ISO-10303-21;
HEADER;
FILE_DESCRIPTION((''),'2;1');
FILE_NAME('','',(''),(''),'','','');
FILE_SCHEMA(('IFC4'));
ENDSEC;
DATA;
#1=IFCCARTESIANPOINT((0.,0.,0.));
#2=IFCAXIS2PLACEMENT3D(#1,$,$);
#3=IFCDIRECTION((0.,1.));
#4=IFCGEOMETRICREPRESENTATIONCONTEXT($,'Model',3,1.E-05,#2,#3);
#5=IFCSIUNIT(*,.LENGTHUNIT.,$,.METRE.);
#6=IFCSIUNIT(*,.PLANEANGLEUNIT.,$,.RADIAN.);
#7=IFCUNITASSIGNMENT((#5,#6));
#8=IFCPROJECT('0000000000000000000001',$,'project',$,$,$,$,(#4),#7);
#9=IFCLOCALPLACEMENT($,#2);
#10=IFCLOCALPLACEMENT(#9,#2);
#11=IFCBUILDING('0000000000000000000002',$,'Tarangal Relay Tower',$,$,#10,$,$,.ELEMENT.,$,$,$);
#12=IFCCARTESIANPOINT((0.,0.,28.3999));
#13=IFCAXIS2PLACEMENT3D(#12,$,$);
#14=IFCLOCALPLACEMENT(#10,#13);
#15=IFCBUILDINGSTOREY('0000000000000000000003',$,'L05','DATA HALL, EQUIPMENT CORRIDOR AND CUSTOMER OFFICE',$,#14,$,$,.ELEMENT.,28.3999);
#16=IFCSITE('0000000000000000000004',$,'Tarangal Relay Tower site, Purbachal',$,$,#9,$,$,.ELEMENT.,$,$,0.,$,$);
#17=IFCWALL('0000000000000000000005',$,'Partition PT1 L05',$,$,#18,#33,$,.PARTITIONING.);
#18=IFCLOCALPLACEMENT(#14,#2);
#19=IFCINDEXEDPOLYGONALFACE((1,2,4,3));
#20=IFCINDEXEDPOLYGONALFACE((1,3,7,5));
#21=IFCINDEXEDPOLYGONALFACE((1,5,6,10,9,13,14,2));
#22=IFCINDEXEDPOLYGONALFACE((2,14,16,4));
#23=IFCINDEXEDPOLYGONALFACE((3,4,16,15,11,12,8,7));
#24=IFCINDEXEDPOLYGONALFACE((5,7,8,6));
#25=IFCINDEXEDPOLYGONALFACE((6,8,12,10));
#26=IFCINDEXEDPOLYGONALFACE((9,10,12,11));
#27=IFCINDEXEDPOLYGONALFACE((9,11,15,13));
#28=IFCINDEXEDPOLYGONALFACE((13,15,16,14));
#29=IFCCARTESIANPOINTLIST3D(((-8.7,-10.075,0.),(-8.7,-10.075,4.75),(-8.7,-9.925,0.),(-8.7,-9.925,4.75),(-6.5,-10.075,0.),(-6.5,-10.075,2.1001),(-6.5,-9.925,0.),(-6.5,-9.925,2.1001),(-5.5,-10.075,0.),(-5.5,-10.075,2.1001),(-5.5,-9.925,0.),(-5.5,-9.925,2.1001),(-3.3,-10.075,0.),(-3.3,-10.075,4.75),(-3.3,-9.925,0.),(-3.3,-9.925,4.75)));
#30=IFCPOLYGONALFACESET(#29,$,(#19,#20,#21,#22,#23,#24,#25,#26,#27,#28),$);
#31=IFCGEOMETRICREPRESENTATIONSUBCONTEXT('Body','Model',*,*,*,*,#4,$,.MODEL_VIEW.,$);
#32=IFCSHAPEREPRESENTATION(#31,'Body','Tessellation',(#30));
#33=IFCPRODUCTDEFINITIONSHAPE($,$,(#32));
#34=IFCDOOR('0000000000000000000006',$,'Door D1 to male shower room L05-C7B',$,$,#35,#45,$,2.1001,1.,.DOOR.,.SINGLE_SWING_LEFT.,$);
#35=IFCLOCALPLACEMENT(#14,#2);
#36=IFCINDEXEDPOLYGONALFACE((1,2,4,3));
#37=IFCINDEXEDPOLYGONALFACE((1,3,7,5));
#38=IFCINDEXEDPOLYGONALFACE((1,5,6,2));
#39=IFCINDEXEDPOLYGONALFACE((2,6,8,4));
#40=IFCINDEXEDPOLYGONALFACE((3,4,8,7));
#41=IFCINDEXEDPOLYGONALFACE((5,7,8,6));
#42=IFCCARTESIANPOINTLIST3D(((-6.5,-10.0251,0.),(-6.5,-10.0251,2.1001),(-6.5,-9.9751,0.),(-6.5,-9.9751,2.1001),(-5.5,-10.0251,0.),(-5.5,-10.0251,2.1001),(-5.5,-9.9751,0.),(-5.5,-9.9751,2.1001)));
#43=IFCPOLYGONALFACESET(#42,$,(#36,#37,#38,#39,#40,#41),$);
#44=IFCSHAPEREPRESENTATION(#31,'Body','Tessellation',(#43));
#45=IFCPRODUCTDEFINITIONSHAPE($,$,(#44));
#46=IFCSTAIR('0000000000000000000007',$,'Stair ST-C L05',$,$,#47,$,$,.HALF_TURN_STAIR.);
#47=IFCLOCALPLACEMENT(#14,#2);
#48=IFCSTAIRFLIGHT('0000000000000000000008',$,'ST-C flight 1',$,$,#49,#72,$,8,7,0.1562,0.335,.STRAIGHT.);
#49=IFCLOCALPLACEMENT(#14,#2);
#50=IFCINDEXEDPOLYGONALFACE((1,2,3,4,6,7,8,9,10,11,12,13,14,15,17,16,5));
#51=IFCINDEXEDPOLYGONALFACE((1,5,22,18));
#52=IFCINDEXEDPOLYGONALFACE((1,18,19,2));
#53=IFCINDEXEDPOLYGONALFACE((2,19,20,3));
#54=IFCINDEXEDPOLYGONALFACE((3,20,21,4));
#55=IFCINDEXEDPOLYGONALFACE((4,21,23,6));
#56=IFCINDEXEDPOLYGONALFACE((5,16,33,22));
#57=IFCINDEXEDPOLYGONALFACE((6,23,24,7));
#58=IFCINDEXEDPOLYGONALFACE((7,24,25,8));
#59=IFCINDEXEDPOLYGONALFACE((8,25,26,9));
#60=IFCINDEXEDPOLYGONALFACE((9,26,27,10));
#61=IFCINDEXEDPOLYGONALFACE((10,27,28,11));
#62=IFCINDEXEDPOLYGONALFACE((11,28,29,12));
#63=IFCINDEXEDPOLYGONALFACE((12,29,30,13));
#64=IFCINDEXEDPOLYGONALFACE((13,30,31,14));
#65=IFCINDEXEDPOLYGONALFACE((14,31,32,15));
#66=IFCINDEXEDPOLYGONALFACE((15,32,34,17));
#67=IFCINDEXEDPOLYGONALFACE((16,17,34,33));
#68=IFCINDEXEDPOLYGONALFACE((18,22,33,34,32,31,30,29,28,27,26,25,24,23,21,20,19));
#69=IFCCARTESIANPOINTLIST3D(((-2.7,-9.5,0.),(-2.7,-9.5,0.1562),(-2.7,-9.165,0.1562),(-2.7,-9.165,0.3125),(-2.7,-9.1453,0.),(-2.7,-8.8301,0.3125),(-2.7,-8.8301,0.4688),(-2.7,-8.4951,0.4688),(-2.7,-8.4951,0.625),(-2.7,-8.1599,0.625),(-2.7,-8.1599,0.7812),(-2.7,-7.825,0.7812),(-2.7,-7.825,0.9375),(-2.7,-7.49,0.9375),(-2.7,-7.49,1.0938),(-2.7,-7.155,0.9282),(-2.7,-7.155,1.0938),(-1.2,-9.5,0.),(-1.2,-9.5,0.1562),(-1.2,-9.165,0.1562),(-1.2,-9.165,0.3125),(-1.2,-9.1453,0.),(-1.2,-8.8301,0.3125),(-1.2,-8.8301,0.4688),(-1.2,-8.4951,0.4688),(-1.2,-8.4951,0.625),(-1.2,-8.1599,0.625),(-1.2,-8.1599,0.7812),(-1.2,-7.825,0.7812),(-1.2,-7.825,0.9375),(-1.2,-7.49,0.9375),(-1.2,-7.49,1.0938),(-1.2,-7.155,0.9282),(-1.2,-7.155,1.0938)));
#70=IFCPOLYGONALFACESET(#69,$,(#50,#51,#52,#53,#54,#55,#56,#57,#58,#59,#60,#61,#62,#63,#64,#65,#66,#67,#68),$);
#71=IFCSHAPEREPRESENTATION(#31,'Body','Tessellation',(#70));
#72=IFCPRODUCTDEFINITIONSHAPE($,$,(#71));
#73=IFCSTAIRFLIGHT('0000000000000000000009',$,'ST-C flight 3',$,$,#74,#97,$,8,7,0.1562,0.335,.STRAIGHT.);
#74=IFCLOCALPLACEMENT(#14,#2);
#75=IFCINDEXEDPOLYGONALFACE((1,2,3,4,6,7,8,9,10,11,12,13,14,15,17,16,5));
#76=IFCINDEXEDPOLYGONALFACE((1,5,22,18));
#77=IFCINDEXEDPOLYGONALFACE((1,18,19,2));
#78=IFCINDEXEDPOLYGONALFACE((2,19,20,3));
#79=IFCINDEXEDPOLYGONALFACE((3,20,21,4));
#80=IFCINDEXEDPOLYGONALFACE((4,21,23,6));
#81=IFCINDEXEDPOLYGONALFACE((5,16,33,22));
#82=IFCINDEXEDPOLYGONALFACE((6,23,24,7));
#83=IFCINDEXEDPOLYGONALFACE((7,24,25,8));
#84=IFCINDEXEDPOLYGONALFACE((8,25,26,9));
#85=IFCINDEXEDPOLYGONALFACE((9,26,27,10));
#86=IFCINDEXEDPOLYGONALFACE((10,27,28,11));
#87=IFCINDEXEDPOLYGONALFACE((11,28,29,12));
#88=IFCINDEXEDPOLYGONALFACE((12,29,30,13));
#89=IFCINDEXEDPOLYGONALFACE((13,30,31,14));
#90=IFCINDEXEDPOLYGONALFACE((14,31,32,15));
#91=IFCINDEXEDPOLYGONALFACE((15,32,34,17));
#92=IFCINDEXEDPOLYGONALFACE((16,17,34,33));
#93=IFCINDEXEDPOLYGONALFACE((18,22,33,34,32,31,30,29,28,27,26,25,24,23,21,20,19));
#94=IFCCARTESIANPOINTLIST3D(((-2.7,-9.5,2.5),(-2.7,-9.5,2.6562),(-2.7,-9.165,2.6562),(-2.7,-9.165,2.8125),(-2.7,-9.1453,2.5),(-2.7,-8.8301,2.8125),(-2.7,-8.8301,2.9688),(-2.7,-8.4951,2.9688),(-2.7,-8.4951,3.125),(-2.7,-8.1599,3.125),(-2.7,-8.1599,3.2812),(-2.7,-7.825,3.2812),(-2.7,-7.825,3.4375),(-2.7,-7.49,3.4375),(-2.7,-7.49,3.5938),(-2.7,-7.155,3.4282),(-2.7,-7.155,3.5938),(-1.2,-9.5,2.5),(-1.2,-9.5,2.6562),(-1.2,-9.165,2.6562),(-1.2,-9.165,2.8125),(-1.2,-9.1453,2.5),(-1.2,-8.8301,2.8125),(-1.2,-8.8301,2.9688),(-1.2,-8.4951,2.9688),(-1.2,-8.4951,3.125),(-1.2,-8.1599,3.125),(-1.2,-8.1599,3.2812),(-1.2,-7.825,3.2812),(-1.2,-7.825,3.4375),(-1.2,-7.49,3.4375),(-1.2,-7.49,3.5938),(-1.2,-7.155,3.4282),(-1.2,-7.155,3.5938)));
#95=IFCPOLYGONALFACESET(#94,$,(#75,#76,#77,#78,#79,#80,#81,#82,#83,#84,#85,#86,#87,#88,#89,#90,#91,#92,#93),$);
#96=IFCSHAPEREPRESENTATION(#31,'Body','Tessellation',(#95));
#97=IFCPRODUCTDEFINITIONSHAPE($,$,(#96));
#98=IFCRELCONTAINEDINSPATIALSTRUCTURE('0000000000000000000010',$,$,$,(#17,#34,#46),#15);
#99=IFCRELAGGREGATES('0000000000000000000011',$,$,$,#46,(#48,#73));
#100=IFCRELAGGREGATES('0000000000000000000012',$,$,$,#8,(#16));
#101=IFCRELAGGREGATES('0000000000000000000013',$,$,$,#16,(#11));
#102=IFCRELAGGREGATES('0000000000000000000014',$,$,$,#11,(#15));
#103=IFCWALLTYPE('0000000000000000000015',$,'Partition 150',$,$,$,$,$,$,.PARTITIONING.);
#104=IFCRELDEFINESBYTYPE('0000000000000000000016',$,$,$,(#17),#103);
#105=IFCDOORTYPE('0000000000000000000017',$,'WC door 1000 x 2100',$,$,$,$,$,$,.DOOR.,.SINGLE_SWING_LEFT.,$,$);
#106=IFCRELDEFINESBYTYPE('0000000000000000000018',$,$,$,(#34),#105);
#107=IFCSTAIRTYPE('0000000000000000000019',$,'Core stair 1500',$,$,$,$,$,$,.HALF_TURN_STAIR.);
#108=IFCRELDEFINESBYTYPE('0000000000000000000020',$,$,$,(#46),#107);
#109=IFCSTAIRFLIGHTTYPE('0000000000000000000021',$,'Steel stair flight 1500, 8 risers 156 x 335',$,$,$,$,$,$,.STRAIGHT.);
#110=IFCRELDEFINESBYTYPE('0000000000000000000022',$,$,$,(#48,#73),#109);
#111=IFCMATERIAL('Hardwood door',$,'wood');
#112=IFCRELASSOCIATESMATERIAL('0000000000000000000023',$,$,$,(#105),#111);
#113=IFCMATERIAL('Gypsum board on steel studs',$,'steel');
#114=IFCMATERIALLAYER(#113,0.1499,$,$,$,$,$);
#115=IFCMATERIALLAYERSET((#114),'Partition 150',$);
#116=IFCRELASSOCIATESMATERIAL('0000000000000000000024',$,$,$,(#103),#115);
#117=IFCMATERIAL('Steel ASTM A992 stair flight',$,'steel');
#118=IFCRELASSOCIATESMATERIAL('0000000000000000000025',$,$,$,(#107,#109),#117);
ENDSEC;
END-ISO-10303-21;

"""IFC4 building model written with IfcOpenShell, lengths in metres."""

from ifc_helpers import new_model, si_unit, direction, frame, frame_2d, origin, place, context, subcontext, project, spatial, polyline, rectangle, outline, extrude, material, layer, layer_set, type_object, element, fill, aggregate, save


model = new_model("IFC4")

# Units and contexts
model_context = context("Model", 3, precision=1e-05, world=origin(), true_north=direction((0.0, 1.0)))
body_context = subcontext(model_context, "Body", "Model", "MODEL_VIEW")
ifc_project = project(units=[si_unit("LENGTHUNIT", "METRE"), si_unit("PLANEANGLEUNIT", "RADIAN")], contexts=[model_context])

# Site, building, storey
site_placement = place(None, origin())
site = spatial("IfcSite", under=ifc_project, at=site_placement, Name="Tarangal Relay Tower site, Purbachal", CompositionType="ELEMENT", RefElevation=0.0)
building_placement = place(site_placement, origin())
building = spatial("IfcBuilding", under=site, at=building_placement, Name="Tarangal Relay Tower", CompositionType="ELEMENT")
storey_placement = place(building_placement, frame((0.0, 0.0, 28.3999)))
storey = spatial("IfcBuildingStorey", under=building, at=storey_placement, Name="L05", Description="DATA HALL, EQUIPMENT CORRIDOR AND CUSTOMER OFFICE", CompositionType="ELEMENT", Elevation=28.3999)

# Shared definitions
ifc_material_1 = material(Name="Hardwood door", Category="wood")
door_type_1 = type_object("IfcDoorType", Name="WC door 1000 x 2100", OperationType="SINGLE_SWING_LEFT", PredefinedType="DOOR", material=ifc_material_1)

# Shared definitions
ifc_material_2 = material(Name="Gypsum board on steel studs", Category="steel")
ifc_layer_1 = layer(ifc_material_2, 0.1499)
ifc_layer_set_1 = layer_set([ifc_layer_1], Name="Partition 150")
wall_type_1 = type_object("IfcWallType", Name="Partition 150", PredefinedType="PARTITIONING", material=ifc_layer_set_1)

# Wall, opening, door
wall_1_placement = place(storey_placement, frame((-8.7, -10.0, 0.0), z_axis=(0.0, 0.0, 1.0), x_axis=(1.0, 0.0, 0.0)))
wall_1 = element("IfcWall", 1, at=wall_1_placement, inside=storey, type_object=wall_type_1, Name="Partition PT1 L05", PredefinedType="PARTITIONING", context=body_context, shape_type="SweptSolid", body=[
    extrude(rectangle(XDim=5.3999, YDim=0.1499, at=frame_2d((2.7, 0.0))), origin(), (0.0, 0.0, 1.0), 4.75),
])
opening_1_placement = place(wall_1_placement, frame((2.2, 0.0, 0.0)))
opening_1 = element("IfcOpeningElement", 2, at=opening_1_placement, cuts=wall_1, PredefinedType="OPENING", context=body_context, shape_type="SweptSolid", body=[
    extrude(rectangle(XDim=1.0, YDim=2.1001, at=frame_2d((0.5, 1.05))), frame((0.0, 0.085, 0.0), z_axis=(0.0, -1.0, 0.0), x_axis=(1.0, 0.0, 0.0)), (0.0, 0.0, 1.0), 0.1699),
])
door_1_placement = place(opening_1_placement, origin())
door_1 = element("IfcDoor", 3, at=door_1_placement, inside=storey, type_object=door_type_1, Name="Door D1 to male shower room L05-C7B", OperationType="SINGLE_SWING_LEFT", OverallHeight=2.1001, OverallWidth=1.0, PredefinedType="DOOR", context=body_context, shape_type="SweptSolid", body=[
    extrude(rectangle(XDim=1.0, YDim=2.1001, at=frame_2d((0.5, 1.05))), frame((0.0, 0.0249, 0.0), z_axis=(0.0, -1.0, 0.0), x_axis=(1.0, 0.0, 0.0)), (0.0, 0.0, 1.0), 0.05),
])
fill(opening_1, door_1)

# Stair, stair flights
ifc_material_3 = material(Name="Steel ASTM A992 stair flight", Category="steel")
stair_type = type_object("IfcStairType", Name="Core stair 1500", PredefinedType="HALF_TURN_STAIR", material=ifc_material_3)
stair_placement = place(storey_placement, origin())
stair = element("IfcStair", 4, at=stair_placement, inside=storey, type_object=stair_type, Name="Stair ST-C L05", PredefinedType="HALF_TURN_STAIR")
stair_flight_type = type_object("IfcStairFlightType", Name="Steel stair flight 1500, 8 risers 156 x 335", PredefinedType="STRAIGHT", material=ifc_material_3)
stair_flight_1_placement = place(storey_placement, frame((-1.95, -9.5, 0.0), z_axis=(0.0, 0.0, 1.0), x_axis=(0.0, 1.0, 0.0)))
stair_flight_1 = element("IfcStairFlight", 5, at=stair_flight_1_placement, type_object=stair_flight_type, Name="ST-C flight 1", NumberOfRisers=8, NumberOfTreads=7, PredefinedType="STRAIGHT", RiserHeight=0.1562, TreadLength=0.335, context=body_context, shape_type="SweptSolid", body=[
    extrude(outline(polyline([(0.0, 0.0), (0.0, 0.1562), (0.335, 0.1562), (0.335, 0.3125), (0.6699, 0.3125), (0.6699, 0.4688), (1.0049, 0.4688), (1.0049, 0.625), (1.3401, 0.625), (1.3401, 0.7812), (1.675, 0.7812), (1.675, 0.9375), (2.01, 0.9375), (2.01, 1.0938), (2.345, 1.0938), (2.345, 1.25), (2.345, 0.9282), (0.3547, 0.0), (0.0, 0.0)])), frame((0.0, 0.75, 0.0), z_axis=(0.0, -1.0, 0.0), x_axis=(1.0, 0.0, 0.0)), (0.0, 0.0, 1.0), 1.5),
])
stair_flight_2_placement = place(storey_placement, frame((-1.95, -9.5, 2.5), z_axis=(0.0, 0.0, 1.0), x_axis=(0.0, 1.0, 0.0)))
stair_flight_2 = element("IfcStairFlight", 6, at=stair_flight_2_placement, type_object=stair_flight_type, Name="ST-C flight 3", NumberOfRisers=8, NumberOfTreads=7, PredefinedType="STRAIGHT", RiserHeight=0.1562, TreadLength=0.335, context=body_context, shape_type="SweptSolid", body=[
    extrude(outline(polyline([(0.0, 0.0), (0.0, 0.1562), (0.335, 0.1562), (0.335, 0.3125), (0.6699, 0.3125), (0.6699, 0.4688), (1.0049, 0.4688), (1.0049, 0.625), (1.3401, 0.625), (1.3401, 0.7812), (1.675, 0.7812), (1.675, 0.9375), (2.01, 0.9375), (2.01, 1.0938), (2.345, 1.0938), (2.345, 1.25), (2.345, 0.9282), (0.3547, 0.0), (0.0, 0.0)])), frame((0.0, 0.75, 0.0), z_axis=(0.0, -1.0, 0.0), x_axis=(1.0, 0.0, 0.0)), (0.0, 0.0, 1.0), 1.5),
])
aggregate(stair, [stair_flight_1, stair_flight_2])

save(model, "model.ifc")
